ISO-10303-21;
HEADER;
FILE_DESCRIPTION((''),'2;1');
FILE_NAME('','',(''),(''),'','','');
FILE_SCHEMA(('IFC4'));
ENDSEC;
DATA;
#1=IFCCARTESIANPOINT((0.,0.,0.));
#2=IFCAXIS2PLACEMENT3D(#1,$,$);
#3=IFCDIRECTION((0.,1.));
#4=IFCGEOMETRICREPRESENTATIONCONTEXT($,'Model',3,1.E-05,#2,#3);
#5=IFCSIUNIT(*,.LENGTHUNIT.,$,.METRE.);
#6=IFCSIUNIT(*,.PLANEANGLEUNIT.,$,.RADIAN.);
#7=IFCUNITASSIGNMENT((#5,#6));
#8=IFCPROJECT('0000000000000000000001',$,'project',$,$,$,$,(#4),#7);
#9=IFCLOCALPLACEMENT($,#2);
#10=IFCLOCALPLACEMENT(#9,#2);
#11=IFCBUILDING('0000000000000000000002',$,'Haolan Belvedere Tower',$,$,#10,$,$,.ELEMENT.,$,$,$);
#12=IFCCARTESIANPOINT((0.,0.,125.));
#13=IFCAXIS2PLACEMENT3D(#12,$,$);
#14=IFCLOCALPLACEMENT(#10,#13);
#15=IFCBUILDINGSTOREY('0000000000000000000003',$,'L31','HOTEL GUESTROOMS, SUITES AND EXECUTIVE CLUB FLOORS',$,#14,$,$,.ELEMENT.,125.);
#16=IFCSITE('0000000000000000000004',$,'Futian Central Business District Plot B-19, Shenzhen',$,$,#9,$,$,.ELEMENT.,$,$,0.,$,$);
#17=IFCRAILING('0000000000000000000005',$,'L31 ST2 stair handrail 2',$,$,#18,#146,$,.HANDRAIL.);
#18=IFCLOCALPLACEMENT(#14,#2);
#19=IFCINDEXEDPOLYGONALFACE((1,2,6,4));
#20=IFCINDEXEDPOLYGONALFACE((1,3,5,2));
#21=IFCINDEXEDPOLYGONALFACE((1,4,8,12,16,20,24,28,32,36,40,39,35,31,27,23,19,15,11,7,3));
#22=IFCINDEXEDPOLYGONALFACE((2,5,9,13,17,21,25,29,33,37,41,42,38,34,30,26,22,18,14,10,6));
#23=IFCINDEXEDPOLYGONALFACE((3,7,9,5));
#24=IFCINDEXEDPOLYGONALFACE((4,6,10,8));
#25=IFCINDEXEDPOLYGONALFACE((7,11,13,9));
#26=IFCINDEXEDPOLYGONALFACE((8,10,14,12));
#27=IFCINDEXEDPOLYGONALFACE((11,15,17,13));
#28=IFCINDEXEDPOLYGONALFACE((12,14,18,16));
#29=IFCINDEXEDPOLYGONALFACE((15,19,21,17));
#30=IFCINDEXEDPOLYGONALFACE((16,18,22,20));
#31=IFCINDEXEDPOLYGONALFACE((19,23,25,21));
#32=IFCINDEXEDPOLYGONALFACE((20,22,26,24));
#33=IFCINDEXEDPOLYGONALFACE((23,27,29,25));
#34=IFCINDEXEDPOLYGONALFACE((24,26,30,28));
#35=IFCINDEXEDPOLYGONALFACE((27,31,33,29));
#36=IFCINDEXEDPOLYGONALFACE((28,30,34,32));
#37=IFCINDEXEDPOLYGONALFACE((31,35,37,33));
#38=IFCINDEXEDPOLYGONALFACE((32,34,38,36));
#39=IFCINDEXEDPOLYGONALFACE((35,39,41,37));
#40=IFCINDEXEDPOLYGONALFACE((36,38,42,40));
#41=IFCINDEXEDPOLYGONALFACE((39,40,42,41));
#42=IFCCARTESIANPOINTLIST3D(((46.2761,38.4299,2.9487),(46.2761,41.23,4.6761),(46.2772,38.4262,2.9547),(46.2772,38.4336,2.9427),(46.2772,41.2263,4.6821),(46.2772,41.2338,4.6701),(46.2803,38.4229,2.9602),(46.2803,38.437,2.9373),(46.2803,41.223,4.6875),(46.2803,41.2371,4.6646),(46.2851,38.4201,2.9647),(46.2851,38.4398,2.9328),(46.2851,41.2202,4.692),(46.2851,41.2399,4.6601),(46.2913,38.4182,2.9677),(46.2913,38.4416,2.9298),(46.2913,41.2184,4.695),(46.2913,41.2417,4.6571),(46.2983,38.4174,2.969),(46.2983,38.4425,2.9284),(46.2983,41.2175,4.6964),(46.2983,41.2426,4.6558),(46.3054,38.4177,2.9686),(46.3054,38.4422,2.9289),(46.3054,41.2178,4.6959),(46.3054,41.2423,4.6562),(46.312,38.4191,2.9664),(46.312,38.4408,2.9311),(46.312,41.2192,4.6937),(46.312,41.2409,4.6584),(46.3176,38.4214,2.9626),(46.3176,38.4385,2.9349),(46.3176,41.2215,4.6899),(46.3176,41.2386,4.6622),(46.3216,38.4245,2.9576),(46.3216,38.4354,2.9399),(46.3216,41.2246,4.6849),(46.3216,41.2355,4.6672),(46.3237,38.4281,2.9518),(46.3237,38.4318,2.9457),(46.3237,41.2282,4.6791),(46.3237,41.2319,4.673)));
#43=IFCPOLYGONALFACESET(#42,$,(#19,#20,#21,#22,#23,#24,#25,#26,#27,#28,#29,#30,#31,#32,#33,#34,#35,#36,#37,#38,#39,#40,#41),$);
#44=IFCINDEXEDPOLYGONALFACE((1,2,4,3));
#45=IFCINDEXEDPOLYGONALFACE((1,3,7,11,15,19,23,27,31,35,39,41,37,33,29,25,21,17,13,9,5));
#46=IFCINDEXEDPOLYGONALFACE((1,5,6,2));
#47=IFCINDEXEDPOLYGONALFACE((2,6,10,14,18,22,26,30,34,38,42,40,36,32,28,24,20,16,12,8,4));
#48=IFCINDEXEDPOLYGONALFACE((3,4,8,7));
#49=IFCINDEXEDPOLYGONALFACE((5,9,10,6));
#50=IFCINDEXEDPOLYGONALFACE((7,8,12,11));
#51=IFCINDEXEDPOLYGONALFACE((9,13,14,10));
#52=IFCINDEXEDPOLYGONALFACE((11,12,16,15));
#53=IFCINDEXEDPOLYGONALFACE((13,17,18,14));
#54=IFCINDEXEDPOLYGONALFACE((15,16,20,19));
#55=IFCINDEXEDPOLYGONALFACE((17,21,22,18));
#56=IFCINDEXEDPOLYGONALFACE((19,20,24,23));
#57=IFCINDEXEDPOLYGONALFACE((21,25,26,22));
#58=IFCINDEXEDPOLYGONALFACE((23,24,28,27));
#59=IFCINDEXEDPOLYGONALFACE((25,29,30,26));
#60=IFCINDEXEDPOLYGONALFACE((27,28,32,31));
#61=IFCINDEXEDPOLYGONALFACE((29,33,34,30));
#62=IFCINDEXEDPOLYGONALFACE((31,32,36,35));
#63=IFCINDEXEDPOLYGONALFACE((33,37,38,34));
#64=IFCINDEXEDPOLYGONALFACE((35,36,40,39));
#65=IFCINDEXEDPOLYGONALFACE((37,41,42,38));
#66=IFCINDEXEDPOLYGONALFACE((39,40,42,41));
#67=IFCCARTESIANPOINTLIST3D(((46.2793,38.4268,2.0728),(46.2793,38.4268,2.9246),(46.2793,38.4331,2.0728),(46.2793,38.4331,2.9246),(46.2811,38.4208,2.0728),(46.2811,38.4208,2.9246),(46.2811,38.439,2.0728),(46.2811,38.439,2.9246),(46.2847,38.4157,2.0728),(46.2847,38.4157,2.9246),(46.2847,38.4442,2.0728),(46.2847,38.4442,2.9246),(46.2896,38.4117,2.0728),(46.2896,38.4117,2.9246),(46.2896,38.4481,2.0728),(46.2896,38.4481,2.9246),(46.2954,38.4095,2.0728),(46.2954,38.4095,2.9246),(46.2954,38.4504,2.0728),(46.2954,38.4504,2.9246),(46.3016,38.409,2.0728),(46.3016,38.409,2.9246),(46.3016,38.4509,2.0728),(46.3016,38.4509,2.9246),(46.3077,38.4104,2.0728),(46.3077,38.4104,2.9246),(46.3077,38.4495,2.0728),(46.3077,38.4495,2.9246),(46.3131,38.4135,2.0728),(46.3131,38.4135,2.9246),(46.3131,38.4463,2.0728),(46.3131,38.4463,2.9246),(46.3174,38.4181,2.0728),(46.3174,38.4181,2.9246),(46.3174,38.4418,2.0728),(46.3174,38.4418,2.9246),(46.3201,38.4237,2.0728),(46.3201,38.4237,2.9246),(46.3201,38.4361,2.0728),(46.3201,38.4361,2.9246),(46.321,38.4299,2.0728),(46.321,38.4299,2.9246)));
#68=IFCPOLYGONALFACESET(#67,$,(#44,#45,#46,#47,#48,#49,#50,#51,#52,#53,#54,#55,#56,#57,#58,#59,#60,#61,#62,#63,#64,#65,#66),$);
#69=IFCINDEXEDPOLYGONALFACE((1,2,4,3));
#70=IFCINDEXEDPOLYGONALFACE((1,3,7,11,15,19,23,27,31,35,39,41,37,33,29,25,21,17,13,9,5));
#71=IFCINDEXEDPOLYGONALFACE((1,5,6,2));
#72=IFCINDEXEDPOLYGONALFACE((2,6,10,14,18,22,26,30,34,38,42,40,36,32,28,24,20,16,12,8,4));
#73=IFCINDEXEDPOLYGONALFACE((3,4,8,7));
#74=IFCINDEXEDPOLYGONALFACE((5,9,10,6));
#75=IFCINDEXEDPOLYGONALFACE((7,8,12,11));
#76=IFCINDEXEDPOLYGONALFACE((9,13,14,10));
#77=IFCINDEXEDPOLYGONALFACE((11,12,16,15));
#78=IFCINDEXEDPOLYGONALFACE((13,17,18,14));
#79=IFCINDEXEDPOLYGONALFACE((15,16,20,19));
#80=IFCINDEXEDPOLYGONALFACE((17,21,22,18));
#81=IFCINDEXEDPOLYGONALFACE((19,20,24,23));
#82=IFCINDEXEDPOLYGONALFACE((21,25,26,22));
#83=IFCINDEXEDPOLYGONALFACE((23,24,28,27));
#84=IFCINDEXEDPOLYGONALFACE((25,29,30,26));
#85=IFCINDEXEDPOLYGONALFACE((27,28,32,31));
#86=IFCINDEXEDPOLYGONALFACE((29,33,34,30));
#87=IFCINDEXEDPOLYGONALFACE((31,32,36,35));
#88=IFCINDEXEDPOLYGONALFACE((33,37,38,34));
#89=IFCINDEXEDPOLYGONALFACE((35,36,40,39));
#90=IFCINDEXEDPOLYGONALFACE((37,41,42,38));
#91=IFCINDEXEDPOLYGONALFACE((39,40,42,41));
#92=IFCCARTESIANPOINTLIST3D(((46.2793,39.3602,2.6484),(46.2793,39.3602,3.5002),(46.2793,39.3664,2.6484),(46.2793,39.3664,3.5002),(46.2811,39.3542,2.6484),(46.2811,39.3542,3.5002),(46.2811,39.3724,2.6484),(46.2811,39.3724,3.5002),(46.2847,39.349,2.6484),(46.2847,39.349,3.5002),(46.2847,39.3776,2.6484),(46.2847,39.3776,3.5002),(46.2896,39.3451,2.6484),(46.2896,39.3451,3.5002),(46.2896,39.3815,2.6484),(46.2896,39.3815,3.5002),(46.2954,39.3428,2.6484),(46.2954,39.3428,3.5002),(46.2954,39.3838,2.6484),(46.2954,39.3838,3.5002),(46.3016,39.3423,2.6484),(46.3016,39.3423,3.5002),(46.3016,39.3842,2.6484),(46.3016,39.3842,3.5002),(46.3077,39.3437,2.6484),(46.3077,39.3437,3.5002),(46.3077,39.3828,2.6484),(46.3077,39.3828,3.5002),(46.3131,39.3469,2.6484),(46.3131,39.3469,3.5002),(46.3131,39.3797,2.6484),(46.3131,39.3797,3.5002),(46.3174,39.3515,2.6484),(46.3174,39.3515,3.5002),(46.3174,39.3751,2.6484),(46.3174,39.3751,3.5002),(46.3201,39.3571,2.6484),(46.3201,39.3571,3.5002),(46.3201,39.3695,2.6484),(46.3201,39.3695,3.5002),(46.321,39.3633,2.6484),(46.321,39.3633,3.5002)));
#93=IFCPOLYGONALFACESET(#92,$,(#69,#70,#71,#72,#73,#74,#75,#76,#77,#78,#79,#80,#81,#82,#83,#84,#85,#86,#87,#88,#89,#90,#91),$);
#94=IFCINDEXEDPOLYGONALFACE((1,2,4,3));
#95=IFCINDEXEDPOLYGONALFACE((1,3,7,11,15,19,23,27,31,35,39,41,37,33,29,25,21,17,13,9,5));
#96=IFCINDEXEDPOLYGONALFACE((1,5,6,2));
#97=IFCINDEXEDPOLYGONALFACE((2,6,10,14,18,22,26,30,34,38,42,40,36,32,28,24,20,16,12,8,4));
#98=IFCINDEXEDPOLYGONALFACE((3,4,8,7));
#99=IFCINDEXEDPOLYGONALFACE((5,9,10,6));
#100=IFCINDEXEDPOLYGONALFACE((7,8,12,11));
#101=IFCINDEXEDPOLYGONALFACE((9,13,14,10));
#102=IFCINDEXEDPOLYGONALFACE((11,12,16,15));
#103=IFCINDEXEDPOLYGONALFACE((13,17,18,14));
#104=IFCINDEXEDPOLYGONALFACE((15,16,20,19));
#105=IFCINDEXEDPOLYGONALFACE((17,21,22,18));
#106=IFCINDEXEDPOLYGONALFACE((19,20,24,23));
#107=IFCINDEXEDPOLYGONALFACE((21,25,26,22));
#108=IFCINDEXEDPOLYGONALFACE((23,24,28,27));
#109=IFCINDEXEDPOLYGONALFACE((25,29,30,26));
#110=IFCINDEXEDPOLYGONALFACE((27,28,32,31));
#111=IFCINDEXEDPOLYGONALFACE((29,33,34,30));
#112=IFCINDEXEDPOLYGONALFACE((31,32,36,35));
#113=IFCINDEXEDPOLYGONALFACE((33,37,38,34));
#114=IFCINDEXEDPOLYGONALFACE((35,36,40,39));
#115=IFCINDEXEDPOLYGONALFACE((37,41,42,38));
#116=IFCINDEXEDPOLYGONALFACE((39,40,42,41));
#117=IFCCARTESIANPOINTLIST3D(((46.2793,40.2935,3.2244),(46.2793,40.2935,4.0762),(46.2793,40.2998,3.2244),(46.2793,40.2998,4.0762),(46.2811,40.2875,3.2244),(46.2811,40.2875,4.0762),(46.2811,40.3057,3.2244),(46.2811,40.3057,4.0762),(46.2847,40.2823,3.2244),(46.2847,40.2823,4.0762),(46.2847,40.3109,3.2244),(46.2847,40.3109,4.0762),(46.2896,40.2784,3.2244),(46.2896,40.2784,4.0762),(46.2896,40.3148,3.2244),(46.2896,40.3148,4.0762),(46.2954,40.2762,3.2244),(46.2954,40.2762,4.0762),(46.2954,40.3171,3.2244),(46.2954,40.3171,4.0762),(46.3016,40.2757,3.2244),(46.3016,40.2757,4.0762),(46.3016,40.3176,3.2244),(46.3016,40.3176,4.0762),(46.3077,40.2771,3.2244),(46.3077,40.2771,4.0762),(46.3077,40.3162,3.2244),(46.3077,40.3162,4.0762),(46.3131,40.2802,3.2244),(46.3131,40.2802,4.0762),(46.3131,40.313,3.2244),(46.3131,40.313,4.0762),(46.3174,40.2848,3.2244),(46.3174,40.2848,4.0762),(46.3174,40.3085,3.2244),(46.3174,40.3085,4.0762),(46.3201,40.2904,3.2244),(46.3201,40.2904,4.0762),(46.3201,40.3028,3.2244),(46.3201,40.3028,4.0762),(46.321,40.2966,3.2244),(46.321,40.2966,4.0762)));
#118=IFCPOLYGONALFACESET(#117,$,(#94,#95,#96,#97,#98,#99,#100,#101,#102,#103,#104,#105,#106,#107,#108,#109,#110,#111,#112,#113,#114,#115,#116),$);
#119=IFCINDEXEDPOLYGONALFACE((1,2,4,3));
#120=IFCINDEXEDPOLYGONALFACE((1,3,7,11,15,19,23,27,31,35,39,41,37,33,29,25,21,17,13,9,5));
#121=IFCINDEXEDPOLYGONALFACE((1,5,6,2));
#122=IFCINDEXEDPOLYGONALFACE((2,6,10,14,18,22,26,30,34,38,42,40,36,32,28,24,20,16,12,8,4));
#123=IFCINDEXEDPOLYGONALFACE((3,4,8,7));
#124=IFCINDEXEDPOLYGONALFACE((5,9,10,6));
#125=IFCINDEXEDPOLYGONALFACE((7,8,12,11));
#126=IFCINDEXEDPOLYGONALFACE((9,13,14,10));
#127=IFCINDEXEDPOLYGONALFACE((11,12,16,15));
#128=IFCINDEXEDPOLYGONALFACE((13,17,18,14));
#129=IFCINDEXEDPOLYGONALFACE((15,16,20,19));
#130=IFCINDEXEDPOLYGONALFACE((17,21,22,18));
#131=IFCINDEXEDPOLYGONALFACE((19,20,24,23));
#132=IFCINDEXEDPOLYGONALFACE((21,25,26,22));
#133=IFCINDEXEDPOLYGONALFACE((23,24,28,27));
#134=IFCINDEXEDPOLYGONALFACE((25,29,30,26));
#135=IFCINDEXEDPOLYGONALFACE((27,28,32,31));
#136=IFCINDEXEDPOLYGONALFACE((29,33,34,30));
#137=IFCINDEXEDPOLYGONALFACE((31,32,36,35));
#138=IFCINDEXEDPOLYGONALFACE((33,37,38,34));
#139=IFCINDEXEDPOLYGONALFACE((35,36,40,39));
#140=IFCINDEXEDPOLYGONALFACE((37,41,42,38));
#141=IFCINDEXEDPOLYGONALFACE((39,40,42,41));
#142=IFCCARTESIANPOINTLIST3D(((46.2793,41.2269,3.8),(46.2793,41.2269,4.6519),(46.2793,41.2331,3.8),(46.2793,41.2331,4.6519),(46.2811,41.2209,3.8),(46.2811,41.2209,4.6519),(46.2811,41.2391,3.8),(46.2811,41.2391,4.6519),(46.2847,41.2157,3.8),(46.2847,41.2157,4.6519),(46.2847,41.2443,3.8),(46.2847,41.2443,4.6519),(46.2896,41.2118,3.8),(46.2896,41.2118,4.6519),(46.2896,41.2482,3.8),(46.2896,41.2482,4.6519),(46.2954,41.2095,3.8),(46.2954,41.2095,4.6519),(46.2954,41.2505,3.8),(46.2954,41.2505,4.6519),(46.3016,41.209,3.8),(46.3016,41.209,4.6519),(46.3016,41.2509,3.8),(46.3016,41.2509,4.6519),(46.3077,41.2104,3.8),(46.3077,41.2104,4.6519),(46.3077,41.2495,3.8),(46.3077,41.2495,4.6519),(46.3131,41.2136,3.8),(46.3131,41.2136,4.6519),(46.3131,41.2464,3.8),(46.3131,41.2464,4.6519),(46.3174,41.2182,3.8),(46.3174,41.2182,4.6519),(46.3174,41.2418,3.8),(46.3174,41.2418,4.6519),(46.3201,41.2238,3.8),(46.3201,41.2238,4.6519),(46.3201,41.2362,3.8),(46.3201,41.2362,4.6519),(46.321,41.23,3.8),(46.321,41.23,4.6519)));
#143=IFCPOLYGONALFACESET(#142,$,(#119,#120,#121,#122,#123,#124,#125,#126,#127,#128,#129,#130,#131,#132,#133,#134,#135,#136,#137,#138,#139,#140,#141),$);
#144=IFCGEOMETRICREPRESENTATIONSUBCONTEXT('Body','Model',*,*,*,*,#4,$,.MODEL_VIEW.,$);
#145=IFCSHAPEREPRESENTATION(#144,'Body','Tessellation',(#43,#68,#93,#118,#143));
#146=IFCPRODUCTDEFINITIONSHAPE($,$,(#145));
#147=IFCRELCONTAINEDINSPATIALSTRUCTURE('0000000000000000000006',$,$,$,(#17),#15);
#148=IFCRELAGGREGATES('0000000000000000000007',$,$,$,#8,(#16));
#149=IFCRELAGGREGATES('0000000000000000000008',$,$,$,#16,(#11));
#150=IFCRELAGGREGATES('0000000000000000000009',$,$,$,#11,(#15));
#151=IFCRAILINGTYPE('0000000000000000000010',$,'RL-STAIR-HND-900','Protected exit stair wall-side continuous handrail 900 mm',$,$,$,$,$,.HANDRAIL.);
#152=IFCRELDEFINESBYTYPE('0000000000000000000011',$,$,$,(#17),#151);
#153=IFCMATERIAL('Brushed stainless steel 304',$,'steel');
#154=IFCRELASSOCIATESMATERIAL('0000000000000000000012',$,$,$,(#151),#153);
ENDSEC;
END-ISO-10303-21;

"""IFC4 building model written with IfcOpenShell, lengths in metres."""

from ifc_helpers import new_model, si_unit, direction, frame, origin, origin_2d, place, context, subcontext, project, spatial, circle, extrude, material, type_object, element, save


model = new_model("IFC4")

# Units and contexts
model_context = context("Model", 3, precision=1e-05, world=origin(), true_north=direction((0.0, 1.0)))
body_context = subcontext(model_context, "Body", "Model", "MODEL_VIEW")
ifc_project = project(units=[si_unit("LENGTHUNIT", "METRE"), si_unit("PLANEANGLEUNIT", "RADIAN")], contexts=[model_context])

# Site, building, storey
site_placement = place(None, origin())
site = spatial("IfcSite", under=ifc_project, at=site_placement, Name="Futian Central Business District Plot B-19, Shenzhen", CompositionType="ELEMENT", RefElevation=0.0)
building_placement = place(site_placement, origin())
building = spatial("IfcBuilding", under=site, at=building_placement, Name="Haolan Belvedere Tower", CompositionType="ELEMENT")
storey_placement = place(building_placement, frame((0.0, 0.0, 125.0)))
storey = spatial("IfcBuildingStorey", under=building, at=storey_placement, Name="L31", Description="HOTEL GUESTROOMS, SUITES AND EXECUTIVE CLUB FLOORS", CompositionType="ELEMENT", Elevation=125.0)

# Railing
ifc_material_1 = material(Name="Brushed stainless steel 304", Category="steel")
railing_type = type_object("IfcRailingType", Name="RL-STAIR-HND-900", Description="Protected exit stair wall-side continuous handrail 900 mm", PredefinedType="HANDRAIL", material=ifc_material_1)
railing_placement = place(storey_placement, frame((46.3, 38.4299, 2.0728)))
element("IfcRailing", 1, at=railing_placement, inside=storey, type_object=railing_type, Name="L31 ST2 stair handrail 2", PredefinedType="HANDRAIL", context=body_context, shape_type="SweptSolid", body=[
    extrude(circle(Radius=0.0239, at=origin_2d()), frame((0.0, 0.0, 0.876), z_axis=(0.0, 0.85109, 0.52502), x_axis=(-1.0, 0.0, 0.0)), (0.0, 0.0, 1.0), 3.29),
    extrude(circle(Radius=0.021, at=origin_2d()), origin(), (0.0, 0.0, 1.0), 0.8518),
    extrude(circle(Radius=0.021, at=origin_2d()), frame((0.0, 0.9333, 0.5757)), (0.0, 0.0, 1.0), 0.8518),
    extrude(circle(Radius=0.021, at=origin_2d()), frame((0.0, 1.8667, 1.1516)), (0.0, 0.0, 1.0), 0.8518),
    extrude(circle(Radius=0.021, at=origin_2d()), frame((0.0, 2.8, 1.7273)), (0.0, 0.0, 1.0), 0.8518),
])

save(model, "model.ifc")
